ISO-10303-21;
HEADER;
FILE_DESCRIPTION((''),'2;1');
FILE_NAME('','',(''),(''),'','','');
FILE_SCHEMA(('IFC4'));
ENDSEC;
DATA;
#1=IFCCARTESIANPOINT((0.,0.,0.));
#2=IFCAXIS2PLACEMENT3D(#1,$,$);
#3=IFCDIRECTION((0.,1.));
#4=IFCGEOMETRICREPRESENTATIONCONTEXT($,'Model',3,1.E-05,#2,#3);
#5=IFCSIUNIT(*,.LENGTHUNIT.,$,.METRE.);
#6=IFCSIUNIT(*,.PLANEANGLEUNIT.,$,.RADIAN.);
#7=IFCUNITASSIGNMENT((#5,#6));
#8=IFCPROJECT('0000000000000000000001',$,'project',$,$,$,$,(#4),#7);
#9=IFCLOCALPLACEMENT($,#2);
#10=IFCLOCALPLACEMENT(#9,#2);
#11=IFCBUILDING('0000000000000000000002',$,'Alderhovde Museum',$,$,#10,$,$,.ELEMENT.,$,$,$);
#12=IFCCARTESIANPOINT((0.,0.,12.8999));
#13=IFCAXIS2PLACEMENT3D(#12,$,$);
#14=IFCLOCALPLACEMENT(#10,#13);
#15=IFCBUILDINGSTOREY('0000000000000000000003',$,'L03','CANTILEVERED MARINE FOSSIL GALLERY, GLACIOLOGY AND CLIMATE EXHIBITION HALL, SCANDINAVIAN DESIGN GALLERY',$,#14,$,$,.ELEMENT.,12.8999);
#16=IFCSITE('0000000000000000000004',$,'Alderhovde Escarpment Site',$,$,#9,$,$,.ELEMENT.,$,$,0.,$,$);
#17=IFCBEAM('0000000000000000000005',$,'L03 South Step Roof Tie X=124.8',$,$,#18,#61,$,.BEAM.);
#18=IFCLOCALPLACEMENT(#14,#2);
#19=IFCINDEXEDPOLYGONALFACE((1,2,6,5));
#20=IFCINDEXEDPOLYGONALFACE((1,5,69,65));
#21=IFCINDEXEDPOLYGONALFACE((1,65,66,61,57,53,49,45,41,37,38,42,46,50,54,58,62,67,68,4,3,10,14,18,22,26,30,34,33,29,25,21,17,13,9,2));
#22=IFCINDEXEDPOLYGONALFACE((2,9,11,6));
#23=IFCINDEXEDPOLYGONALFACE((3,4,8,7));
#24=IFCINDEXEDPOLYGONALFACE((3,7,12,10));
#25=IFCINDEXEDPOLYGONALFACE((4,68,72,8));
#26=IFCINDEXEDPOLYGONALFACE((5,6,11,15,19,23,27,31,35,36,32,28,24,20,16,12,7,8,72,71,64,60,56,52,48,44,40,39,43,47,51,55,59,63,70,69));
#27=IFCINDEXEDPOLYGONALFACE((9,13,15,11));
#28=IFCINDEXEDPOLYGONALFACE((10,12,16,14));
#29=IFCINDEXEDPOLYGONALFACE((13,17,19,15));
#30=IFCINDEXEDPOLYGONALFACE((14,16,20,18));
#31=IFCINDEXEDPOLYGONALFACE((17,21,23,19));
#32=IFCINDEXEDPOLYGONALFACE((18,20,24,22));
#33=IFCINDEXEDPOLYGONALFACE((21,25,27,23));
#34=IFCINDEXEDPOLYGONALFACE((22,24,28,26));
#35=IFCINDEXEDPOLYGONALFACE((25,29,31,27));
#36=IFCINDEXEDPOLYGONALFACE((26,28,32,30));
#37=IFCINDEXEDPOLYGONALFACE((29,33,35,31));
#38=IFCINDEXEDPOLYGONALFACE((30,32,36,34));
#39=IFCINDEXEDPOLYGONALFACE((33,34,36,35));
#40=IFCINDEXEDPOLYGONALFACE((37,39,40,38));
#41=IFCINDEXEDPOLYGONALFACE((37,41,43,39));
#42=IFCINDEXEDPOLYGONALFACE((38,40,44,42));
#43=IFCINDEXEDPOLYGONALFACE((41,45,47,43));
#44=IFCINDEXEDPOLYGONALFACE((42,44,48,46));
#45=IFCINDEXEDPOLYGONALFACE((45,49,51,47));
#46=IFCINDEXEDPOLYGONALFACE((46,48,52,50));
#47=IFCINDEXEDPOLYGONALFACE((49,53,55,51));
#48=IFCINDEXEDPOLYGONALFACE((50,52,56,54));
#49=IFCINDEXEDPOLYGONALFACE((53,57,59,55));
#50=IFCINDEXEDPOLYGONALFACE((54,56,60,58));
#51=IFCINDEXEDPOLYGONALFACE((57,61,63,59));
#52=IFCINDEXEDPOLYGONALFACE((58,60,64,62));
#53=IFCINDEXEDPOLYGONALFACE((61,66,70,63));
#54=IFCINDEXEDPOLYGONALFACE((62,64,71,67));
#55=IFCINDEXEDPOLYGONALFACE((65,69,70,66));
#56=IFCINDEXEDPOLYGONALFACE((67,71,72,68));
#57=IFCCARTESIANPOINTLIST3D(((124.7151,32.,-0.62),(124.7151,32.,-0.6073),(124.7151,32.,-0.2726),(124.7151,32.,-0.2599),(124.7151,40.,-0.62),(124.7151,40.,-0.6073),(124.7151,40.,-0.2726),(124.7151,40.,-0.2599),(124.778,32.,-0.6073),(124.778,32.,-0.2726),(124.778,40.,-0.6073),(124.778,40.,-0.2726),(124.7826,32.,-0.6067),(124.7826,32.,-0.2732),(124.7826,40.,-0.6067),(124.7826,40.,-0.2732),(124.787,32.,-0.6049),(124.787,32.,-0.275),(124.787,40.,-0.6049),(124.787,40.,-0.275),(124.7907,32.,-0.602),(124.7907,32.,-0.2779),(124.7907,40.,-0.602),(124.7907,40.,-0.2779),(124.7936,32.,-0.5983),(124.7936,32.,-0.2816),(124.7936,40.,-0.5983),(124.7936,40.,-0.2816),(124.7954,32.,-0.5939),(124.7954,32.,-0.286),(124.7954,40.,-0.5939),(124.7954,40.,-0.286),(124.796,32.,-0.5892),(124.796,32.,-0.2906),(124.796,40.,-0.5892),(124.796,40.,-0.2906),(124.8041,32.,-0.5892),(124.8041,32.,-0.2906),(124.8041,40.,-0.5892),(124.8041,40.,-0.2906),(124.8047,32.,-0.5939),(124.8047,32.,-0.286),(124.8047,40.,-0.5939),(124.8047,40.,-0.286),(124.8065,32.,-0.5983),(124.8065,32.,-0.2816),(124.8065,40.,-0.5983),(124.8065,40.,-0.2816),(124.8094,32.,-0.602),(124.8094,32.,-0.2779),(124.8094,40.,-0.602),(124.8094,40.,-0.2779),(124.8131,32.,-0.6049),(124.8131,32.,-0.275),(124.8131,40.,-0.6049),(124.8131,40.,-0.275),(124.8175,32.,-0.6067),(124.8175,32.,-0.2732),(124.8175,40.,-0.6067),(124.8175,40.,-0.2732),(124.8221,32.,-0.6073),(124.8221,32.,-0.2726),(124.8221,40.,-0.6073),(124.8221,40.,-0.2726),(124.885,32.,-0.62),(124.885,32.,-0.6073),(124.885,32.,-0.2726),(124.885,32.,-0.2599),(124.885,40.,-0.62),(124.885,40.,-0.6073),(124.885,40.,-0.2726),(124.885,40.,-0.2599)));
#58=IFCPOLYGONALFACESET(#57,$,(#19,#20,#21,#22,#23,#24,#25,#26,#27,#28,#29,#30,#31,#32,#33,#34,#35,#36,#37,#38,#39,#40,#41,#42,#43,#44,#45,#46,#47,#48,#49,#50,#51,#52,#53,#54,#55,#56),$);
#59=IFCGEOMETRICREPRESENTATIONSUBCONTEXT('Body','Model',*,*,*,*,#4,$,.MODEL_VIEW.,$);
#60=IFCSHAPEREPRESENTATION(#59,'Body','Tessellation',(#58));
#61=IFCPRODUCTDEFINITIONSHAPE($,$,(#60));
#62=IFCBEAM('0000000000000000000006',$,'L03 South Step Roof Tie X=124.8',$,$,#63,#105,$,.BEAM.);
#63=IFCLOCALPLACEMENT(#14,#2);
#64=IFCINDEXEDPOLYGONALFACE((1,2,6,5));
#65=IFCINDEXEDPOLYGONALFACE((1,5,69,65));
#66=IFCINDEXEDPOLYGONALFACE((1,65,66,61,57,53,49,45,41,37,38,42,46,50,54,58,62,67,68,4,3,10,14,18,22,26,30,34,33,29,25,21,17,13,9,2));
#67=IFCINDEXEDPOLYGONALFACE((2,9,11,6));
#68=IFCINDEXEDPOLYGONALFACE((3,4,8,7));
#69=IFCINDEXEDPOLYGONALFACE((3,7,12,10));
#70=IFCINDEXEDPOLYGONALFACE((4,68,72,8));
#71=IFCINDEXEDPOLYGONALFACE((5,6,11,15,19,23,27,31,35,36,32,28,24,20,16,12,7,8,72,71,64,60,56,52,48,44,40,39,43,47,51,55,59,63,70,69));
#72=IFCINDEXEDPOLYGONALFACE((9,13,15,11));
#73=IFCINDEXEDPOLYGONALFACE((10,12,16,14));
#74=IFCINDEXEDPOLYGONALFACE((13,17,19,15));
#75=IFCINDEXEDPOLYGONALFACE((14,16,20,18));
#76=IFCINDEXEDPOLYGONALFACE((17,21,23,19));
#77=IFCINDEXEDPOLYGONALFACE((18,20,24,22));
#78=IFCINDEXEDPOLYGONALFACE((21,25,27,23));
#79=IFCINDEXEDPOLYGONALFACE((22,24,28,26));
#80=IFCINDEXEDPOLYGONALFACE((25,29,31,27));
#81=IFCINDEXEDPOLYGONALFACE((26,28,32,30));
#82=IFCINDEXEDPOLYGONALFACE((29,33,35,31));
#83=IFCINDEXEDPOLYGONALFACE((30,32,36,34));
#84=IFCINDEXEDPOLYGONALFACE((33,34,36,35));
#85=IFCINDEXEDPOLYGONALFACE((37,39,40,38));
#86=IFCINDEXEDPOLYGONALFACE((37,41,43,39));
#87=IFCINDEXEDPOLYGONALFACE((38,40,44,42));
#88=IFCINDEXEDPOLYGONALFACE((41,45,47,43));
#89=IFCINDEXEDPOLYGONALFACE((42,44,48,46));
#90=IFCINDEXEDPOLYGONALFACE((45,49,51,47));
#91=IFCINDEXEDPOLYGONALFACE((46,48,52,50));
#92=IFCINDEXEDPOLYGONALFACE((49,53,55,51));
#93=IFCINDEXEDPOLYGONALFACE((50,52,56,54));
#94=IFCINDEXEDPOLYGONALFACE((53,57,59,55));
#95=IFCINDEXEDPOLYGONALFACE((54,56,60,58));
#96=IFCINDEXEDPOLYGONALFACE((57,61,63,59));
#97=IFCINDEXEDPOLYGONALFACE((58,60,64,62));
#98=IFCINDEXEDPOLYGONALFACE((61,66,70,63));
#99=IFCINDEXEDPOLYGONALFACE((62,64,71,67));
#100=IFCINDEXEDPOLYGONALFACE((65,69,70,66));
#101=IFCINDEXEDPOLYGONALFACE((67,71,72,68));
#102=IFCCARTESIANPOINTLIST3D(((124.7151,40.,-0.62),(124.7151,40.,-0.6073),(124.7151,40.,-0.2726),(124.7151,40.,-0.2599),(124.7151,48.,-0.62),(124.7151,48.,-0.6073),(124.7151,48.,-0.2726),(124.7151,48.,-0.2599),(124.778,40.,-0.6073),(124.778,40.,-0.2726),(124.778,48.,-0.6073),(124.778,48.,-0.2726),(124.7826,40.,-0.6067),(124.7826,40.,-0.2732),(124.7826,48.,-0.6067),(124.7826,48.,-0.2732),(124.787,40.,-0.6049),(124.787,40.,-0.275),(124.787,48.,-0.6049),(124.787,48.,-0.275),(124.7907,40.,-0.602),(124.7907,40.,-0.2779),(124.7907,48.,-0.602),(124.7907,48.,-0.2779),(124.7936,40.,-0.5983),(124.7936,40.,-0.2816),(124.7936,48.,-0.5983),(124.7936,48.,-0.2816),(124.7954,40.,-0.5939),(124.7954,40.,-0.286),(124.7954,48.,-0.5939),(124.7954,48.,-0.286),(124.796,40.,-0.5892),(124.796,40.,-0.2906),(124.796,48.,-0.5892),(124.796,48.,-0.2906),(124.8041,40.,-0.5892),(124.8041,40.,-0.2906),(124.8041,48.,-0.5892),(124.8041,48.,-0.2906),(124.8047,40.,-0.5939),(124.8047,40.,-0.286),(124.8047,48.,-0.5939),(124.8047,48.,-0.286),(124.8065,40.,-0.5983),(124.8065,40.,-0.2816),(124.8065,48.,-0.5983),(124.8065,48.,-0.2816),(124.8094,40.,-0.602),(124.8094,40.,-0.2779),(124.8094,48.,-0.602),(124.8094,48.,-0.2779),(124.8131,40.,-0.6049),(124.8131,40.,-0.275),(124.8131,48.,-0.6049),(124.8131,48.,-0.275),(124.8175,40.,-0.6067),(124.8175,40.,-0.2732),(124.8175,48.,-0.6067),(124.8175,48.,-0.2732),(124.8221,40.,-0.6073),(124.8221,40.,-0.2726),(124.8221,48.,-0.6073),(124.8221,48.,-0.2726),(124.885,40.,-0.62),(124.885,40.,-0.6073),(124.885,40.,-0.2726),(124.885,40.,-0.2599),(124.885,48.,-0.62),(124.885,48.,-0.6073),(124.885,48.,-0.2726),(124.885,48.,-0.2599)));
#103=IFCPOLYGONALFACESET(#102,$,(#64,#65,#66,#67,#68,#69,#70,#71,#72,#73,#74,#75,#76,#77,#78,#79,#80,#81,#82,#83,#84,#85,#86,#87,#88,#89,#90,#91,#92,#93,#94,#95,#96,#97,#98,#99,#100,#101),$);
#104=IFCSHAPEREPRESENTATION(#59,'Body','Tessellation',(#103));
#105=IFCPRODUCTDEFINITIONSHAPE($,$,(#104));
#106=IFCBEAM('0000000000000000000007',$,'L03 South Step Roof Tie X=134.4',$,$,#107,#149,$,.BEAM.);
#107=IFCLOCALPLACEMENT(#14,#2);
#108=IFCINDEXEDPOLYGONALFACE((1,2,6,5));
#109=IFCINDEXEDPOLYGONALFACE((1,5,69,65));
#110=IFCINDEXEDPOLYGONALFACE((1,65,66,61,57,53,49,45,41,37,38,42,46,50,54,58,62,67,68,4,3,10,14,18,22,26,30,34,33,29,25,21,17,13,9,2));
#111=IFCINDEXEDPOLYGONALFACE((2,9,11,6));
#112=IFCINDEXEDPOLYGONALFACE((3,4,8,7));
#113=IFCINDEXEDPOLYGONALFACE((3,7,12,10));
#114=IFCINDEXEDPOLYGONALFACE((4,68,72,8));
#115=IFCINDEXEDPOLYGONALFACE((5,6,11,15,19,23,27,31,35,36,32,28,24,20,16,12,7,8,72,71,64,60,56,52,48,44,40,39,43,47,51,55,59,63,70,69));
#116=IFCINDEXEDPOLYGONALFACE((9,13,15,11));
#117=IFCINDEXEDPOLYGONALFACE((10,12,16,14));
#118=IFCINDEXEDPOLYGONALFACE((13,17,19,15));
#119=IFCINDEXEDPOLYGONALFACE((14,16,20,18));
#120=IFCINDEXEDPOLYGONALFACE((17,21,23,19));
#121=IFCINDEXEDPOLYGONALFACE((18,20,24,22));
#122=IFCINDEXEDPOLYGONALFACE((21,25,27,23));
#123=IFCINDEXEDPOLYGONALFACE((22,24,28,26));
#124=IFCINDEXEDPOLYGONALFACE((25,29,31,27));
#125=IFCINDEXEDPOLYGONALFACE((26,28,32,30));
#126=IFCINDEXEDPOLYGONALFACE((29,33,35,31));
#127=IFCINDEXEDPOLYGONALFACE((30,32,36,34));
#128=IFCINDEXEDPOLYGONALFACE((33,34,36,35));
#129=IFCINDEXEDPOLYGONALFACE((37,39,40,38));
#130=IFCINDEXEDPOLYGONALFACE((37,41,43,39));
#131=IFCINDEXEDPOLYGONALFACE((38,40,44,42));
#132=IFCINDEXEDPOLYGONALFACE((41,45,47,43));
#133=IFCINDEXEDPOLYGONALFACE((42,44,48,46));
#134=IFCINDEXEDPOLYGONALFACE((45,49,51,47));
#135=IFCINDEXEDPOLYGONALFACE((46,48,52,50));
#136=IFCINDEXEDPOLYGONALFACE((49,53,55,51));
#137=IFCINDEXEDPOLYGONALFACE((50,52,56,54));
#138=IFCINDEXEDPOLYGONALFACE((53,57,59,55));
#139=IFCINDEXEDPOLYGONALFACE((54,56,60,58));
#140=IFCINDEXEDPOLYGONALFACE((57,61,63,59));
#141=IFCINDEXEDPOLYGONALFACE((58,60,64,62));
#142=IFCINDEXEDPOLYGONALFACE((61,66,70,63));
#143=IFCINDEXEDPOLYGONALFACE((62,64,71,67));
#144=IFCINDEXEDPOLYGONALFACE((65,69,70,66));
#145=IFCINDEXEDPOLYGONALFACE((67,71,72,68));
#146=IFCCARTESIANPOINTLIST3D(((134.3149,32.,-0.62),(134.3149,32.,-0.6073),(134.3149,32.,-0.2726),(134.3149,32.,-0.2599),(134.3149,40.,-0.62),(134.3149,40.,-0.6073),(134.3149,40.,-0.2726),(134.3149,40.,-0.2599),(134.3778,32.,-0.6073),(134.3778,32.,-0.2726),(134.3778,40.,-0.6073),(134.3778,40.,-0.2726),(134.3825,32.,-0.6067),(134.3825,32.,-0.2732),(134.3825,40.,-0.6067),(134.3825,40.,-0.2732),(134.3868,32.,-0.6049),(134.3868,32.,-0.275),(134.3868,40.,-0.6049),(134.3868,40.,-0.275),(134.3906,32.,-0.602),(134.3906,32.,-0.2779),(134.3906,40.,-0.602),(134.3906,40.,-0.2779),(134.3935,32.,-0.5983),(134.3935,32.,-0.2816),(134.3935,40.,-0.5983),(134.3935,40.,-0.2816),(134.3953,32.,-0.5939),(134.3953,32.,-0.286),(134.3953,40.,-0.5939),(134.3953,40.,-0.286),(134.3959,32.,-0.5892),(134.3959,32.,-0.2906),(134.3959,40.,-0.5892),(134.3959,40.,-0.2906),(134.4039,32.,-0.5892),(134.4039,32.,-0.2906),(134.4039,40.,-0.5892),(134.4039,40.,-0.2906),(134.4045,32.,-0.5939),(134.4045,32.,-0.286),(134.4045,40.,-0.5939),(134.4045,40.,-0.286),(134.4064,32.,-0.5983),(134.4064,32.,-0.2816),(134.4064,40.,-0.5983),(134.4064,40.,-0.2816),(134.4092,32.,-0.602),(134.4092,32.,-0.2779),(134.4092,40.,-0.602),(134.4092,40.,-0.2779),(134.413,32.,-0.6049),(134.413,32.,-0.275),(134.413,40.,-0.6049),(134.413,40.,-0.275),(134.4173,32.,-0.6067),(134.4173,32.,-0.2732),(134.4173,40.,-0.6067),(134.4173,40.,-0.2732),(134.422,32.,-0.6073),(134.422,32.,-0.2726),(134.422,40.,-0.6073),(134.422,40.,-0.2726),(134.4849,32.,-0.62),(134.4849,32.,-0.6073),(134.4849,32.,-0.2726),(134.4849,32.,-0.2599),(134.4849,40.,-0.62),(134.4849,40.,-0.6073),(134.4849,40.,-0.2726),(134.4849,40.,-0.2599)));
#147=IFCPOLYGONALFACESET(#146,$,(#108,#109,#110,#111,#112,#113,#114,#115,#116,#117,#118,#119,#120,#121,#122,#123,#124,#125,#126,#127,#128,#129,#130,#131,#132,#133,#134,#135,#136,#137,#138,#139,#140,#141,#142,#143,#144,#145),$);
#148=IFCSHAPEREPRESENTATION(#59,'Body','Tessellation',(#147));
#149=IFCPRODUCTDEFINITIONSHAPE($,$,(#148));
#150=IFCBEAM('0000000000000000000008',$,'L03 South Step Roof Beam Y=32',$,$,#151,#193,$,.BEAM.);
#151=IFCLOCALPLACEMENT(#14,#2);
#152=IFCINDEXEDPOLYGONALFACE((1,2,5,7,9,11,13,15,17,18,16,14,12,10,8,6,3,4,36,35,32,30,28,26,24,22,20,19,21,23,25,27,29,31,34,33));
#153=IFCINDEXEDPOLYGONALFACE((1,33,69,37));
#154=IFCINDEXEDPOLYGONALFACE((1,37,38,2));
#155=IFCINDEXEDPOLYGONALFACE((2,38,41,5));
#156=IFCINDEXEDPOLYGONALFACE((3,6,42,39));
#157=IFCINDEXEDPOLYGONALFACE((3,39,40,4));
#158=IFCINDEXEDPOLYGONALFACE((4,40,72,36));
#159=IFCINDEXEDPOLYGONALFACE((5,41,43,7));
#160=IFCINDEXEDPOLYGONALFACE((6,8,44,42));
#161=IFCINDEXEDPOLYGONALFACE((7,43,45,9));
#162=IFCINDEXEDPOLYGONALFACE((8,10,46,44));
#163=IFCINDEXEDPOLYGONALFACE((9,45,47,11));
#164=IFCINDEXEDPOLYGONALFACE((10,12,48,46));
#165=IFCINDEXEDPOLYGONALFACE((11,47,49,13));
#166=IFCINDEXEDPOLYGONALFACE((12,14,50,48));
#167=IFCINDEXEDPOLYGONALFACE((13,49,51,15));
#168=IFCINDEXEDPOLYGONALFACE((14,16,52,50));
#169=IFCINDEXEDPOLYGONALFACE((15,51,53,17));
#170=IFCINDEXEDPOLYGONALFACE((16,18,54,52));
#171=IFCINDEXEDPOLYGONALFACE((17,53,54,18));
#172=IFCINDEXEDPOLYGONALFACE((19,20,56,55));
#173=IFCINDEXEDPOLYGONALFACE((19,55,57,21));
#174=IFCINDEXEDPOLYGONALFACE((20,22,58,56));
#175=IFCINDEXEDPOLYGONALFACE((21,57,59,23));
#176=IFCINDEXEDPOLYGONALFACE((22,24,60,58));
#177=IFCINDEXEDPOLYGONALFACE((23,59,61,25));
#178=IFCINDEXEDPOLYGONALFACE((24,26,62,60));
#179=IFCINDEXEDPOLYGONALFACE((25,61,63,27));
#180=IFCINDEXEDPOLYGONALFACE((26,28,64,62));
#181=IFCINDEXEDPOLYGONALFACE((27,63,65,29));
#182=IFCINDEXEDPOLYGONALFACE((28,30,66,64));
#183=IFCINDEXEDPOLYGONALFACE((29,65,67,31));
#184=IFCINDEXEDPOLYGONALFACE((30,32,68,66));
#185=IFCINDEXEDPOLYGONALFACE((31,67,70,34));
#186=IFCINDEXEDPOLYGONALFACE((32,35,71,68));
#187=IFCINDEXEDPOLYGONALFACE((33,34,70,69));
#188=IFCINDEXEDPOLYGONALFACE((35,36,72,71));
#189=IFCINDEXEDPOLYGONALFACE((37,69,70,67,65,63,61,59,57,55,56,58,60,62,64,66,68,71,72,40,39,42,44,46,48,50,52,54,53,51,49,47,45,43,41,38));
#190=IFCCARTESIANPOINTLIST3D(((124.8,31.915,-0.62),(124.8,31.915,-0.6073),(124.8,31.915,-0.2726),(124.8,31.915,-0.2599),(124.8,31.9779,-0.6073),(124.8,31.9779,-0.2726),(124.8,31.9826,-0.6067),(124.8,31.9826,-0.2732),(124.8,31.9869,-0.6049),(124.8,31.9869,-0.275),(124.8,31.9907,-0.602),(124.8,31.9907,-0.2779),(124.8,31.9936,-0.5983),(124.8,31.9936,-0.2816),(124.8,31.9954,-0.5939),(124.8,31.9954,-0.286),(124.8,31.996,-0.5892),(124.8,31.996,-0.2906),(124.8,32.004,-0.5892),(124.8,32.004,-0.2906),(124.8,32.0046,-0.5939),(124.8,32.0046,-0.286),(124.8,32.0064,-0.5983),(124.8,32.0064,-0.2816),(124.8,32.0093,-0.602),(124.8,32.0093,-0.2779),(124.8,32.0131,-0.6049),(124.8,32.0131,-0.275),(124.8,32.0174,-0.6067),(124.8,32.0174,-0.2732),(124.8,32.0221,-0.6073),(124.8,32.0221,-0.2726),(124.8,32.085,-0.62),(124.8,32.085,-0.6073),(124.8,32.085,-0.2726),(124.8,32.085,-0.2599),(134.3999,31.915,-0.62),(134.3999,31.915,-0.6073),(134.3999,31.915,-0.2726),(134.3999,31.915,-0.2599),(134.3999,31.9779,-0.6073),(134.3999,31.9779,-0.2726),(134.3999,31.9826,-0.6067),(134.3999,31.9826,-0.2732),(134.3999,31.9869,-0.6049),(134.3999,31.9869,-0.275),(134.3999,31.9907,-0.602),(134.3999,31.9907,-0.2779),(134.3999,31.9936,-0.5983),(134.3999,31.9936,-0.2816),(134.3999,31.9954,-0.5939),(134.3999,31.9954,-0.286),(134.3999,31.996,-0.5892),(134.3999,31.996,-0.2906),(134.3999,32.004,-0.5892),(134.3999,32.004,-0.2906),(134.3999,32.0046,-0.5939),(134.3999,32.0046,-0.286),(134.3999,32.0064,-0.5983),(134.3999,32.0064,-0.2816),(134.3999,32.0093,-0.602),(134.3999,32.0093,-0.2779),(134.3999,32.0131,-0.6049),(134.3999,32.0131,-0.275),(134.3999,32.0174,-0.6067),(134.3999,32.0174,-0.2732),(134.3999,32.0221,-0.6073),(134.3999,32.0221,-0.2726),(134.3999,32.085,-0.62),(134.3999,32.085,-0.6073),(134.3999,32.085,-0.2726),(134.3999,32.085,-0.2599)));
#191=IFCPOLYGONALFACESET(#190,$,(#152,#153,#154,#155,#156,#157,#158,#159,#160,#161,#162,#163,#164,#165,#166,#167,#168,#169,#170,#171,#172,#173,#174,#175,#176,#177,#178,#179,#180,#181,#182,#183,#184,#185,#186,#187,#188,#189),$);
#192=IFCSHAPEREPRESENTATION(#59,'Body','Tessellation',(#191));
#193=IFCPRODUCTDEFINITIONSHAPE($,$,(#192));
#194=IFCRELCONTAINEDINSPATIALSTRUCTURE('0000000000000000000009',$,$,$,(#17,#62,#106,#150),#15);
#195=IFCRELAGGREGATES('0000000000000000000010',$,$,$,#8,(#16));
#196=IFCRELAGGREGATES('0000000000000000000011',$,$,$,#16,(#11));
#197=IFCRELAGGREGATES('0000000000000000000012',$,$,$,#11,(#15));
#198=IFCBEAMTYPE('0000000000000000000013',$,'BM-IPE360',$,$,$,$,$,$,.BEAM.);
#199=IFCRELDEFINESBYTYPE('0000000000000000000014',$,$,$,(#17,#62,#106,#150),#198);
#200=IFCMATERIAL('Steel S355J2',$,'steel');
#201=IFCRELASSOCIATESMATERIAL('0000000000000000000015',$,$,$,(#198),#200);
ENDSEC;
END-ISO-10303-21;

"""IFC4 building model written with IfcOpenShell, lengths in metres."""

from ifc_helpers import new_model, si_unit, direction, frame, origin, origin_2d, place, context, subcontext, project, spatial, i_section, extrude, material, material_profile, profile_set, type_object, element, save


model = new_model("IFC4")

# Units and contexts
model_context = context("Model", 3, precision=1e-05, world=origin(), true_north=direction((0.0, 1.0)))
body_context = subcontext(model_context, "Body", "Model", "MODEL_VIEW")
ifc_project = project(units=[si_unit("LENGTHUNIT", "METRE"), si_unit("PLANEANGLEUNIT", "RADIAN")], contexts=[model_context])

# Site, building, storey
site_placement = place(None, origin())
site = spatial("IfcSite", under=ifc_project, at=site_placement, Name="Alderhovde Escarpment Site", CompositionType="ELEMENT", RefElevation=0.0)
building_placement = place(site_placement, origin())
building = spatial("IfcBuilding", under=site, at=building_placement, Name="Alderhovde Museum", CompositionType="ELEMENT")
storey_placement = place(building_placement, frame((0.0, 0.0, 12.8999)))
storey = spatial("IfcBuildingStorey", under=building, at=storey_placement, Name="L03", Description="CANTILEVERED MARINE FOSSIL GALLERY, GLACIOLOGY AND CLIMATE EXHIBITION HALL, SCANDINAVIAN DESIGN GALLERY", CompositionType="ELEMENT", Elevation=12.8999)

# Beams
ifc_material_1 = material(Name="Steel S355J2", Category="steel")
ifc_material_profile_1 = material_profile(ifc_material_1, i_section(OverallWidth=0.1699, OverallDepth=0.3601, WebThickness=0.0081, FlangeThickness=0.0127, FilletRadius=0.0181, at=origin_2d()), Name="IPE 360")
ifc_profile_set_1 = profile_set([ifc_material_profile_1], Name="Steel S355J2")
beam_type = type_object("IfcBeamType", Name="BM-IPE360", PredefinedType="BEAM", material=ifc_profile_set_1)
for number, where, z_axis, x_axis, name in (
    (1, (124.8, 32.0, -0.4399), (0.0, 1.0, 0.0), (-1.0, 0.0, 0.0), "L03 South Step Roof Tie X=124.8"),
    (2, (124.8, 40.0, -0.4399), (0.0, 1.0, 0.0), (-1.0, 0.0, 0.0), "L03 South Step Roof Tie X=124.8"),
    (3, (134.3999, 32.0, -0.4399), (0.0, 1.0, 0.0), (-1.0, 0.0, 0.0), "L03 South Step Roof Tie X=134.4"),
):
    element("IfcBeam", number, at=place(storey_placement, frame(where, z_axis=z_axis, x_axis=x_axis)), inside=storey, type_object=beam_type, Name=name, PredefinedType="BEAM", context=body_context, shape_type="SweptSolid", body=[
        extrude(i_section(OverallWidth=0.1699, OverallDepth=0.3601, WebThickness=0.0081, FlangeThickness=0.0127, FilletRadius=0.0181, at=origin_2d()), origin(), (0.0, 0.0, 1.0), 8.0),
    ])
beam_1_placement = place(storey_placement, frame((124.8, 32.0, -0.4399), z_axis=(1.0, 0.0, 0.0), x_axis=(0.0, 1.0, 0.0)))
element("IfcBeam", 4, at=beam_1_placement, inside=storey, type_object=beam_type, Name="L03 South Step Roof Beam Y=32", PredefinedType="BEAM", context=body_context, shape_type="SweptSolid", body=[
    extrude(i_section(OverallWidth=0.1699, OverallDepth=0.3601, WebThickness=0.0081, FlangeThickness=0.0127, FilletRadius=0.0181, at=origin_2d()), origin(), (0.0, 0.0, 1.0), 9.5999),
])

save(model, "model.ifc")
